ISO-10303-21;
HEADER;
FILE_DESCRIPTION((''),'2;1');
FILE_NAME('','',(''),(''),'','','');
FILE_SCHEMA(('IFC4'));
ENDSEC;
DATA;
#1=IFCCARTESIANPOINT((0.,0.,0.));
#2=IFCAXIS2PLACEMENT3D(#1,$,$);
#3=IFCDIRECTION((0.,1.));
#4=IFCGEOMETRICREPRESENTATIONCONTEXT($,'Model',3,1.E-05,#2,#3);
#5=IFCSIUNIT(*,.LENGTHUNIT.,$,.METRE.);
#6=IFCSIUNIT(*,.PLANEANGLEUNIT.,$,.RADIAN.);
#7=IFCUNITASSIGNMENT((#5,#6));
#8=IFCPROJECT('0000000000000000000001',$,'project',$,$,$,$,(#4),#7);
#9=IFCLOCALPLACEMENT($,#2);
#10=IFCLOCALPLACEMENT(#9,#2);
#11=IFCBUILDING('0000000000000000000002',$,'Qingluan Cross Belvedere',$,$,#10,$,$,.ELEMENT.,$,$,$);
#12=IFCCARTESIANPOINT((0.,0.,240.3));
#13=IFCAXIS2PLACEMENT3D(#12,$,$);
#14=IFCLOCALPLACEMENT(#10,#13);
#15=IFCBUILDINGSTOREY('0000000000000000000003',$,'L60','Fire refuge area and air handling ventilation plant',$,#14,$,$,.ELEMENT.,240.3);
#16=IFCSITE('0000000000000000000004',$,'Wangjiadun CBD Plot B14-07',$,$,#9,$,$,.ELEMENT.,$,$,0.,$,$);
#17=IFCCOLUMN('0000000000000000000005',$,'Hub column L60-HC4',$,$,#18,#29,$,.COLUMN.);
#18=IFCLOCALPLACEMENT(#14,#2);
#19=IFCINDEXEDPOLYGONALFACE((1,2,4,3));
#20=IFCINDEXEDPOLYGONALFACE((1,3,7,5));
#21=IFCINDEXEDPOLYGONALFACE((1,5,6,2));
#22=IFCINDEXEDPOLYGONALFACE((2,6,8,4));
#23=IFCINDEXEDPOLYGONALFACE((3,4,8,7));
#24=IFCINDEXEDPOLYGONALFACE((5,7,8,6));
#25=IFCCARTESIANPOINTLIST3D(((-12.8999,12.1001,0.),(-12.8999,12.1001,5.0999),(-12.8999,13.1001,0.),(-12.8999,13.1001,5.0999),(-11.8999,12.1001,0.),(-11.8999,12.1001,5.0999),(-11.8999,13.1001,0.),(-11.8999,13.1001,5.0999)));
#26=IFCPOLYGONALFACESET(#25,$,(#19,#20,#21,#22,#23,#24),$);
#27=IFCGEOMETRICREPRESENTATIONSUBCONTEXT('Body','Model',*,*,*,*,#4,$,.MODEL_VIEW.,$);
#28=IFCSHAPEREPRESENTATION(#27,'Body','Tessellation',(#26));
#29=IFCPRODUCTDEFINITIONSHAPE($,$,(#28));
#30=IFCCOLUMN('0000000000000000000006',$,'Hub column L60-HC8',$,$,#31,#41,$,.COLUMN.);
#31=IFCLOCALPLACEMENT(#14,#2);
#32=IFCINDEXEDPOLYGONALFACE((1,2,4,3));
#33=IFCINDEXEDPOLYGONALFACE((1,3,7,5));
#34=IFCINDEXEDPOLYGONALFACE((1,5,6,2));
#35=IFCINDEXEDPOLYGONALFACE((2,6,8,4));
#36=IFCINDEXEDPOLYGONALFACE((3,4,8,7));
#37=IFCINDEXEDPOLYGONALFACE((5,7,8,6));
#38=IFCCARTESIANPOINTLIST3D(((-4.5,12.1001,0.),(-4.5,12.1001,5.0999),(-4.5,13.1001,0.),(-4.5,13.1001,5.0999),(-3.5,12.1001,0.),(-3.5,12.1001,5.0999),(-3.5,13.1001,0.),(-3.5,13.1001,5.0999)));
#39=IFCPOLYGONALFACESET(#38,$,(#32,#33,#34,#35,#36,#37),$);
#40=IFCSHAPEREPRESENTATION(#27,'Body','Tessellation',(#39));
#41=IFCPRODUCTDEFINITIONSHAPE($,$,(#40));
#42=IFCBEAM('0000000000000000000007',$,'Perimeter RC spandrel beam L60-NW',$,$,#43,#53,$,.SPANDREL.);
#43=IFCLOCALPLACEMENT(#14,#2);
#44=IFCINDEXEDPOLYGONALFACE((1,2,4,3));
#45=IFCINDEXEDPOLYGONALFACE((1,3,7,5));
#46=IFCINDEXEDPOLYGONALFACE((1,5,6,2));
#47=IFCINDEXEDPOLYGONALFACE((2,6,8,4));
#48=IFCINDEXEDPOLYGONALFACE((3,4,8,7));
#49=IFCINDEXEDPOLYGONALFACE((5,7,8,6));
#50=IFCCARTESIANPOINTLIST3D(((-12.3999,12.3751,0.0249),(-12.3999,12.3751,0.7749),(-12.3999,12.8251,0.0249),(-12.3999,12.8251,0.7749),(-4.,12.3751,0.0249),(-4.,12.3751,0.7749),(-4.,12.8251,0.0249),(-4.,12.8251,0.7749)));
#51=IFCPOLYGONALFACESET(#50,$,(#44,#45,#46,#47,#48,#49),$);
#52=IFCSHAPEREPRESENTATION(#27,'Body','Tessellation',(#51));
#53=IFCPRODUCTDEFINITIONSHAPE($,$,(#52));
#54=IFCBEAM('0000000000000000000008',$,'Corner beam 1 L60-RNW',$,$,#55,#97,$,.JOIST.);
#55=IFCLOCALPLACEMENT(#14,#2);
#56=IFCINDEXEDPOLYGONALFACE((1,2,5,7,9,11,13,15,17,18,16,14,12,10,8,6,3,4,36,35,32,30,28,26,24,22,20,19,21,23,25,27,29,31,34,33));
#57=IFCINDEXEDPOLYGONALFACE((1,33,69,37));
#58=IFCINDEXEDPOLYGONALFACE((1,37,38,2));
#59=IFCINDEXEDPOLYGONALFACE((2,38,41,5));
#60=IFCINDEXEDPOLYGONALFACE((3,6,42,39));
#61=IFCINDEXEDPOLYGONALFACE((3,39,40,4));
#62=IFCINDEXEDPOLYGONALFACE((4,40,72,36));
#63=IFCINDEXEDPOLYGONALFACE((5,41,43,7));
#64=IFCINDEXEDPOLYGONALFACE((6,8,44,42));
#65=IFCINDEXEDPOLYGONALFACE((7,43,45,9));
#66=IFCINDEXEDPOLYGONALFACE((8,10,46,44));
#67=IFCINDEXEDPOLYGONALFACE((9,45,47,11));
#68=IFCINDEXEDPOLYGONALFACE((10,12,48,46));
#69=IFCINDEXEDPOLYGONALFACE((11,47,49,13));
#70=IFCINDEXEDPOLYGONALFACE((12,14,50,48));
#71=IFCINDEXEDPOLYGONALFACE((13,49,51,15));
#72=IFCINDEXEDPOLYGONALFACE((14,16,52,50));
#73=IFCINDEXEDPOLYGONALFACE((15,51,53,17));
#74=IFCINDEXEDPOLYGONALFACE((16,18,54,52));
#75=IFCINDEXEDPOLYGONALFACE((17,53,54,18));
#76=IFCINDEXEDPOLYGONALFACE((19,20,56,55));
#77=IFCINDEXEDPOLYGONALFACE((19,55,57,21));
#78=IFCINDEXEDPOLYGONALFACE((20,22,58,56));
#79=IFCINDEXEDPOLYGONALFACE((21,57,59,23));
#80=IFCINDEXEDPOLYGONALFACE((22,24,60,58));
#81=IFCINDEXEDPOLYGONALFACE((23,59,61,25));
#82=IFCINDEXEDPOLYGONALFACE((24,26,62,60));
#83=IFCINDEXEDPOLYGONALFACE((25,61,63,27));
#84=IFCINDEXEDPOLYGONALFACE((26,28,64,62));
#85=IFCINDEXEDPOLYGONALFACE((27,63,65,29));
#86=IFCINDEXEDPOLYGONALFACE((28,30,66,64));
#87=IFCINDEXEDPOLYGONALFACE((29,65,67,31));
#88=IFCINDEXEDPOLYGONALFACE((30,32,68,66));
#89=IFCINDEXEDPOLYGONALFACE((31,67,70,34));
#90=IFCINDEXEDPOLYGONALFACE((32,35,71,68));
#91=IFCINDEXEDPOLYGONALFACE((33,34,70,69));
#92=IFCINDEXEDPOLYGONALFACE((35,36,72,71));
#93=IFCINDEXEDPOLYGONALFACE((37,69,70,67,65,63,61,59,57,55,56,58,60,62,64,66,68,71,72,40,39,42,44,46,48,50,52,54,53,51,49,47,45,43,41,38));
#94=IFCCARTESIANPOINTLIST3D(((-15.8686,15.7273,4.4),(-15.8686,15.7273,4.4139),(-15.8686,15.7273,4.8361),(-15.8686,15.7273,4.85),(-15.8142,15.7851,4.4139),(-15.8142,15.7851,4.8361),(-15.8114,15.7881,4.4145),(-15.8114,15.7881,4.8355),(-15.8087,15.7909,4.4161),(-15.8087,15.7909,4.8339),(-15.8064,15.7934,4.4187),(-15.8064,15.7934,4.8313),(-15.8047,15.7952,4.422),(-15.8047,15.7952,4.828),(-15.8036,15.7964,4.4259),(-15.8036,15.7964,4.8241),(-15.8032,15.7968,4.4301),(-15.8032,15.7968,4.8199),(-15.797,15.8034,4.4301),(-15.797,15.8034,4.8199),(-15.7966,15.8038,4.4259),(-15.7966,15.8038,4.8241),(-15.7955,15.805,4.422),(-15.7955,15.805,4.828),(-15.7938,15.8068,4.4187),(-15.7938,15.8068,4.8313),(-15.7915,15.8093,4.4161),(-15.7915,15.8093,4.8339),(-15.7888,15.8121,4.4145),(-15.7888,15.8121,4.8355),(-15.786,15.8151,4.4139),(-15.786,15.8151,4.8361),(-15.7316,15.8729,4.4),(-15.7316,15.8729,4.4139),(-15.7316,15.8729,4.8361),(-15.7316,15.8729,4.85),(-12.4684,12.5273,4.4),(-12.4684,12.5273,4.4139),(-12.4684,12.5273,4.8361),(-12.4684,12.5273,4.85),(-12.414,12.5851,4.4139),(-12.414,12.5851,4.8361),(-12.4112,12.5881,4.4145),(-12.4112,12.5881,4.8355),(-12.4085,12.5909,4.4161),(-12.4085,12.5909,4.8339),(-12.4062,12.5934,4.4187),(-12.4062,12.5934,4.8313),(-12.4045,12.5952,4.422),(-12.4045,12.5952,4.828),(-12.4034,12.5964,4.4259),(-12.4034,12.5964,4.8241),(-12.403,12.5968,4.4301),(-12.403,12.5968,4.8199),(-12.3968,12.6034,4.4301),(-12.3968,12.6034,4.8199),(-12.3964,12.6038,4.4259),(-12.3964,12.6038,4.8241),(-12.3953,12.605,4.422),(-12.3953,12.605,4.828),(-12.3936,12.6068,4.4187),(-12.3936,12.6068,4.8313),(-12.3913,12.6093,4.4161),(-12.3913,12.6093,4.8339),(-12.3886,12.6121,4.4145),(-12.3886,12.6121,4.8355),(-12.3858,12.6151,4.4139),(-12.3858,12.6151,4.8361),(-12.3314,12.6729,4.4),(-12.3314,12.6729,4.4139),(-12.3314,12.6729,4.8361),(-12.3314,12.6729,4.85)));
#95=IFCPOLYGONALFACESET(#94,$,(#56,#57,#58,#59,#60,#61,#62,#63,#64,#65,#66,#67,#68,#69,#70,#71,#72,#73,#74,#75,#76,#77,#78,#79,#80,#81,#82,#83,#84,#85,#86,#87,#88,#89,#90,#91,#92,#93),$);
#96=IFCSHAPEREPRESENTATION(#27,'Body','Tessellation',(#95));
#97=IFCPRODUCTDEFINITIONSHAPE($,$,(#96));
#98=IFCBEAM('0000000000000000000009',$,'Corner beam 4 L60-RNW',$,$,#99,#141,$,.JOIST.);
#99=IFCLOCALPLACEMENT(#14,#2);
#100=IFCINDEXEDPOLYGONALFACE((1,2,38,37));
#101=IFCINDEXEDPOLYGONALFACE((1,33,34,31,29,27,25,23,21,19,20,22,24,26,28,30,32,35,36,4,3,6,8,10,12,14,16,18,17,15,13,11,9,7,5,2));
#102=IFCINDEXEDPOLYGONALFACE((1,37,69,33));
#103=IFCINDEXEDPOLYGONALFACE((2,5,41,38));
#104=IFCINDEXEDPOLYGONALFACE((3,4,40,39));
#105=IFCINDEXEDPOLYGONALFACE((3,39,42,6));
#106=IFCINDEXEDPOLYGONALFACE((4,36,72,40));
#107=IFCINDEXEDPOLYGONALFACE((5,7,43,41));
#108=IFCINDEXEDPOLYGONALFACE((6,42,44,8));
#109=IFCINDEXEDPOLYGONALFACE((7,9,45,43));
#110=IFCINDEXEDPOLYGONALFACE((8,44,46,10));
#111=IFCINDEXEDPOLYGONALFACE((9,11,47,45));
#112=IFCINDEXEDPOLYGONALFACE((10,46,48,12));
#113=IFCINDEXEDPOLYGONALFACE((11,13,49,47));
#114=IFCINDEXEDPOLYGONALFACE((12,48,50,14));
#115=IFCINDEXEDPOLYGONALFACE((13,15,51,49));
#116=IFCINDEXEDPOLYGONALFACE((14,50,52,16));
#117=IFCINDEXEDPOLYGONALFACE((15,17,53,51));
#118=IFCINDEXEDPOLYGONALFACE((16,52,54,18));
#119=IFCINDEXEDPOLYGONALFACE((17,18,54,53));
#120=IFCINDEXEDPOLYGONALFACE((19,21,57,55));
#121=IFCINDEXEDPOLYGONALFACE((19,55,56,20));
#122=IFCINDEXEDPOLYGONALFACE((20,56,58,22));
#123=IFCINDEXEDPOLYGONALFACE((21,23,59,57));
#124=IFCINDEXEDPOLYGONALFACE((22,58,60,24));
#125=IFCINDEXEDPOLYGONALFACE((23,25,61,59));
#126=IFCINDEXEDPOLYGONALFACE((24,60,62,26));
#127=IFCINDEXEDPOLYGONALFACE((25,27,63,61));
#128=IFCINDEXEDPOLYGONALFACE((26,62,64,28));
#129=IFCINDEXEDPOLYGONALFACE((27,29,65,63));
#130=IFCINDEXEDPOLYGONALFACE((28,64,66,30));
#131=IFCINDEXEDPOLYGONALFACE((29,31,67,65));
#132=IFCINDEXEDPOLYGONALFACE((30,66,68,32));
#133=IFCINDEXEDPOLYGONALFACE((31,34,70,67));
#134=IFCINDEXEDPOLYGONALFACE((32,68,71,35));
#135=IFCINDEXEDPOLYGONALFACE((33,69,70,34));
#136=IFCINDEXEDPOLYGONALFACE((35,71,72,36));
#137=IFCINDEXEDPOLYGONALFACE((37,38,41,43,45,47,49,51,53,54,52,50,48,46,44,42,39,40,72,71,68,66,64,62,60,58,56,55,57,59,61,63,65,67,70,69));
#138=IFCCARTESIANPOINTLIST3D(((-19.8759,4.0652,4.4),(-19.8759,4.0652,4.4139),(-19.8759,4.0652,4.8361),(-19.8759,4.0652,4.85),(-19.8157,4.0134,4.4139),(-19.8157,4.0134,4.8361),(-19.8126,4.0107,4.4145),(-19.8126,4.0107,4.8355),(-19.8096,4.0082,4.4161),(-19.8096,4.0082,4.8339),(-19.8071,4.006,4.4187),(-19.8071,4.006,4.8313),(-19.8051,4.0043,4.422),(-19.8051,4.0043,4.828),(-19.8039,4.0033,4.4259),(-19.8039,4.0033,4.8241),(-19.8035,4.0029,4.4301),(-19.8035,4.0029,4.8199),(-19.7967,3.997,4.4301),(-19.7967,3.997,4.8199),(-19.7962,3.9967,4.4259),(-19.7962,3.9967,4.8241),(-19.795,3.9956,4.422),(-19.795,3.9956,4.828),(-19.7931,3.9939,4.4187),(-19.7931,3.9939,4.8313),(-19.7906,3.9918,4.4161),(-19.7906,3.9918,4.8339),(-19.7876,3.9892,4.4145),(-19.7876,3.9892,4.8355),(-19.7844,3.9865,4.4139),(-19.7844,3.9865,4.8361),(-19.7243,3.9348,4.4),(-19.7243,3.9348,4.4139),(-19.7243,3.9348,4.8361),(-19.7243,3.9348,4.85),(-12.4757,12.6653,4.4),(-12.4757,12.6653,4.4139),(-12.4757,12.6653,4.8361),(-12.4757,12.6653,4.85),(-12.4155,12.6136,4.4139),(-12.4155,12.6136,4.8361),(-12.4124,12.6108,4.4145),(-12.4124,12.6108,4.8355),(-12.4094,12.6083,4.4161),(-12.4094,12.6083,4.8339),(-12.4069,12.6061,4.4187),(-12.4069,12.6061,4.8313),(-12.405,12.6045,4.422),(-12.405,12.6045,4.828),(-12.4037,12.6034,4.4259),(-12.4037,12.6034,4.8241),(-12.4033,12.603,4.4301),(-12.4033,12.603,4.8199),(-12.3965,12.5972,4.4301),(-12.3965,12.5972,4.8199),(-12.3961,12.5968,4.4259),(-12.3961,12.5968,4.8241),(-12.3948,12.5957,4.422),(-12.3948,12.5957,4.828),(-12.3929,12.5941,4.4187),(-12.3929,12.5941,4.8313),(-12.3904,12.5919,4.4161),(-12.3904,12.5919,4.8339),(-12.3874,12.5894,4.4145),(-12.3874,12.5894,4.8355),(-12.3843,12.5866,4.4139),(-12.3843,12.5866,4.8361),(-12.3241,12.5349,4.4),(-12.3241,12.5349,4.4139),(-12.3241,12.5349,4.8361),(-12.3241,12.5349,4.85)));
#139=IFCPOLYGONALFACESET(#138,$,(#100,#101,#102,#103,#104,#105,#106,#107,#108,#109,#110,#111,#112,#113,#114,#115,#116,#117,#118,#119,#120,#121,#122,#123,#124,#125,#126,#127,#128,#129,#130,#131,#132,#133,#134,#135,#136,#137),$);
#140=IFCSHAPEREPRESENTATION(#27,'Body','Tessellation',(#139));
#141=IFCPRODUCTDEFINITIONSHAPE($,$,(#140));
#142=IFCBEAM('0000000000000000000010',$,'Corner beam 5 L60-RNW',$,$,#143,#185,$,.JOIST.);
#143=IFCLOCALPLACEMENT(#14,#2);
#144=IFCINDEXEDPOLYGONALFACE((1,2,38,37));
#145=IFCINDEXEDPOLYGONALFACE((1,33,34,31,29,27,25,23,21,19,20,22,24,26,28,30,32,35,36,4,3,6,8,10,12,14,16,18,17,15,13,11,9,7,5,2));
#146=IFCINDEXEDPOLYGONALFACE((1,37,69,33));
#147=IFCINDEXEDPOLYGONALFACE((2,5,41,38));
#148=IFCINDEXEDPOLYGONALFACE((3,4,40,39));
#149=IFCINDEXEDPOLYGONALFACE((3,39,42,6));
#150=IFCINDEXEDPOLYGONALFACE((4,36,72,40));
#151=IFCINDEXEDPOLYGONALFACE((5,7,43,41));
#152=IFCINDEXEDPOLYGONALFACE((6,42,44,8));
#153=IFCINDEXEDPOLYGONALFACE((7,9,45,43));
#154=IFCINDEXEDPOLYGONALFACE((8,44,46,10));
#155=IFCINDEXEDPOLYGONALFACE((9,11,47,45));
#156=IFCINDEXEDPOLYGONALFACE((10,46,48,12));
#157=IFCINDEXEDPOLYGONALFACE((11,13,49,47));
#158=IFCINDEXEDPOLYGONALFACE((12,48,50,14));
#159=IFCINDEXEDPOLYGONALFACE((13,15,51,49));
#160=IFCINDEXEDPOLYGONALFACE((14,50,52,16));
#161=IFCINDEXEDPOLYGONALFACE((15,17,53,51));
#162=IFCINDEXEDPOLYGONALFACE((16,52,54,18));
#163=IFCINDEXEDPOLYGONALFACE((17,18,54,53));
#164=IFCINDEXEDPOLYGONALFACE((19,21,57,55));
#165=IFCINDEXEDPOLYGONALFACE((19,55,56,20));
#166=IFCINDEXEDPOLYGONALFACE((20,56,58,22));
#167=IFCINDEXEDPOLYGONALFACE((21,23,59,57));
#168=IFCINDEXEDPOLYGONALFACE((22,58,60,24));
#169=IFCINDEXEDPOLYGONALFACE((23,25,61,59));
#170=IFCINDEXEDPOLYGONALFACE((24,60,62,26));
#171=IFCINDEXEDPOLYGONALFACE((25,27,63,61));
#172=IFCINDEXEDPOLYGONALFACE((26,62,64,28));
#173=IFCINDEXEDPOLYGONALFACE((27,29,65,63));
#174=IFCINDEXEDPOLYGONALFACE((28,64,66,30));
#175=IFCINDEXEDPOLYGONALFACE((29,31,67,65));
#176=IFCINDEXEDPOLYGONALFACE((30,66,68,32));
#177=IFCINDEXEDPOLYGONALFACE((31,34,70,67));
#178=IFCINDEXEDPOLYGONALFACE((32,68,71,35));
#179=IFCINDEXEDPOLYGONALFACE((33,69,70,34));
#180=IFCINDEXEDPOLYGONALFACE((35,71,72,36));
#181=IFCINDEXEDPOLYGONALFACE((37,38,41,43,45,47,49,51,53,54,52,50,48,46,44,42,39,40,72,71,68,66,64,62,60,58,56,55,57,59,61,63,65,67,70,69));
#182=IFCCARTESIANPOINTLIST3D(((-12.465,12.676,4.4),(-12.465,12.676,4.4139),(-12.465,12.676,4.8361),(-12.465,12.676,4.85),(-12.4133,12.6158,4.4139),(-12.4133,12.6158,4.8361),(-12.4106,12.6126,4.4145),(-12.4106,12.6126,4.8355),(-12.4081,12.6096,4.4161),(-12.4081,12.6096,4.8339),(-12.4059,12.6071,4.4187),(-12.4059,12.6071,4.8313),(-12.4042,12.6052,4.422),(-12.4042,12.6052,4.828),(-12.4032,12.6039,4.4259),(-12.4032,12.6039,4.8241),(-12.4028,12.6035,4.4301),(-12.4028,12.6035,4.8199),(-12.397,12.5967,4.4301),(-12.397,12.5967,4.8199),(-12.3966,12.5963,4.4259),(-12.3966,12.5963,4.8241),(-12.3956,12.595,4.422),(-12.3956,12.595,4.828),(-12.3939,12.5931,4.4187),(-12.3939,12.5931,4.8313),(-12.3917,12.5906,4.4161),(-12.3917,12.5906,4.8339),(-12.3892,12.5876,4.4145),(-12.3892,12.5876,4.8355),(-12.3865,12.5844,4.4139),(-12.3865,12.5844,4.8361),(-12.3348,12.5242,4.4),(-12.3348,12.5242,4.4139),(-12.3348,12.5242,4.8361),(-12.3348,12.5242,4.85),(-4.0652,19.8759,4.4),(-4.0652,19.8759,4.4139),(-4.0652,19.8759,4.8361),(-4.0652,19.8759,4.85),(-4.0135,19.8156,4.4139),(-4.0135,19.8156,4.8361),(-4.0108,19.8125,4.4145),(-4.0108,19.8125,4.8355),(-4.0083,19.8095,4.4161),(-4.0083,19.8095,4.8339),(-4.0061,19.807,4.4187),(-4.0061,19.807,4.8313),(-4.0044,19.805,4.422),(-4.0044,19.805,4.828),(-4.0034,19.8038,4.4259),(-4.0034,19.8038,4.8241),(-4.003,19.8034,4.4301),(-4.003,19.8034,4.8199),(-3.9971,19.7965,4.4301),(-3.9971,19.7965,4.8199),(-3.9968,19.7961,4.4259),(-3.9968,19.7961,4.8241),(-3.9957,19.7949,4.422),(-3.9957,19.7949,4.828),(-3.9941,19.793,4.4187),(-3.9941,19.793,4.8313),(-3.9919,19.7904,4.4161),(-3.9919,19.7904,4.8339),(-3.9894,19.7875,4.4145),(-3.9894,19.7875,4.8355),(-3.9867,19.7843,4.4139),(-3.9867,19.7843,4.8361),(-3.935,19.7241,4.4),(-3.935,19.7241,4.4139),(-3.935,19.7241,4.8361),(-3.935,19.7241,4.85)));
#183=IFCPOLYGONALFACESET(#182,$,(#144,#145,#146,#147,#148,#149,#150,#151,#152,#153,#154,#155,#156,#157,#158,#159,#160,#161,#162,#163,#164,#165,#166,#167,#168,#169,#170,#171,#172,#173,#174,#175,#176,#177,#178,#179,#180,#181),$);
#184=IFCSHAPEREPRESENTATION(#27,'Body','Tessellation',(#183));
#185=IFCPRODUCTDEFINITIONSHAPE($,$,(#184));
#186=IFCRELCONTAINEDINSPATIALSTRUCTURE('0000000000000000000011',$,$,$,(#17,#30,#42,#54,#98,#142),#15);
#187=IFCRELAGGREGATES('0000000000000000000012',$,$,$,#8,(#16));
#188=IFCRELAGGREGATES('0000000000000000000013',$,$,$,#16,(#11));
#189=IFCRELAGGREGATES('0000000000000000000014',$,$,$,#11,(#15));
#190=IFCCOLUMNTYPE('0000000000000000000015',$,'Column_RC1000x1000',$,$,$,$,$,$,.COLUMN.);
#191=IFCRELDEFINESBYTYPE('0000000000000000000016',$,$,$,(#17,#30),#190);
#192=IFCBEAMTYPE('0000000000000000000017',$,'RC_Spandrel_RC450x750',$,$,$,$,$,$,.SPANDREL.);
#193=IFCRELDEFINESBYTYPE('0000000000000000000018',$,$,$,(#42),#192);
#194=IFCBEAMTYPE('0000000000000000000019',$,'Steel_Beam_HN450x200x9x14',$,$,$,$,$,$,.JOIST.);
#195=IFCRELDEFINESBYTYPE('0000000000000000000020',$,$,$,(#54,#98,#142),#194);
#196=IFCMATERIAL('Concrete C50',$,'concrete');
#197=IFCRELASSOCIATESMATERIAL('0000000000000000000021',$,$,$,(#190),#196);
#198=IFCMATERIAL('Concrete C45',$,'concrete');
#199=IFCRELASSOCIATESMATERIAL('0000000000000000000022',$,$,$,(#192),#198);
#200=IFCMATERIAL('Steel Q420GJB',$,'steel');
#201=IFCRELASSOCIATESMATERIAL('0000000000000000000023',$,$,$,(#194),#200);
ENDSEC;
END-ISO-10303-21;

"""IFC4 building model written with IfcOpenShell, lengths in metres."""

from ifc_helpers import new_model, si_unit, direction, frame, origin, origin_2d, place, context, subcontext, project, spatial, rectangle, i_section, extrude, material, material_profile, profile_set, type_object, element, save


model = new_model("IFC4")

# Units and contexts
model_context = context("Model", 3, precision=1e-05, world=origin(), true_north=direction((0.0, 1.0)))
body_context = subcontext(model_context, "Body", "Model", "MODEL_VIEW")
ifc_project = project(units=[si_unit("LENGTHUNIT", "METRE"), si_unit("PLANEANGLEUNIT", "RADIAN")], contexts=[model_context])

# Site, building, storey
site_placement = place(None, origin())
site = spatial("IfcSite", under=ifc_project, at=site_placement, Name="Wangjiadun CBD Plot B14-07", CompositionType="ELEMENT", RefElevation=0.0)
building_placement = place(site_placement, origin())
building = spatial("IfcBuilding", under=site, at=building_placement, Name="Qingluan Cross Belvedere", CompositionType="ELEMENT")
storey_placement = place(building_placement, frame((0.0, 0.0, 240.3)))
storey = spatial("IfcBuildingStorey", under=building, at=storey_placement, Name="L60", Description="Fire refuge area and air handling ventilation plant", CompositionType="ELEMENT", Elevation=240.3)

# Columns
ifc_material_1 = material(Name="Concrete C50", Category="concrete")
ifc_material_profile_1 = material_profile(ifc_material_1, rectangle(XDim=1.0, YDim=1.0, at=origin_2d()), Name="RC1000x1000")
ifc_profile_set_1 = profile_set([ifc_material_profile_1], Name="Concrete C50")
column_type = type_object("IfcColumnType", Name="Column_RC1000x1000", PredefinedType="COLUMN", material=ifc_profile_set_1)
for number, where, z_axis, x_axis, name in (
    (1, (-12.3999, 12.6001, 0.0), (0.0, 0.0, 1.0), (1.0, 0.0, 0.0), "Hub column L60-HC4"),
    (2, (-4.0, 12.6001, 0.0), (0.0, 0.0, 1.0), (1.0, 0.0, 0.0), "Hub column L60-HC8"),
):
    element("IfcColumn", number, at=place(storey_placement, frame(where, z_axis=z_axis, x_axis=x_axis)), inside=storey, type_object=column_type, Name=name, PredefinedType="COLUMN", context=body_context, shape_type="SweptSolid", body=[
        extrude(rectangle(XDim=1.0, YDim=1.0, at=origin_2d()), origin(), (0.0, 0.0, 1.0), 5.0999),
    ])

# Beams
ifc_material_2 = material(Name="Concrete C45", Category="concrete")
ifc_material_profile_2 = material_profile(ifc_material_2, rectangle(XDim=0.45, YDim=0.75, at=origin_2d()), Name="RC450x750")
ifc_profile_set_2 = profile_set([ifc_material_profile_2], Name="Concrete C45")
beam_type_1 = type_object("IfcBeamType", Name="RC_Spandrel_RC450x750", PredefinedType="SPANDREL", material=ifc_profile_set_2)
beam_1_placement = place(storey_placement, frame((-12.3999, 12.6001, 0.3999), z_axis=(1.0, 0.0, 0.0), x_axis=(0.0, 1.0, 0.0)))
element("IfcBeam", 3, at=beam_1_placement, inside=storey, type_object=beam_type_1, Name="Perimeter RC spandrel beam L60-NW", PredefinedType="SPANDREL", context=body_context, shape_type="SweptSolid", body=[
    extrude(rectangle(XDim=0.45, YDim=0.75, at=origin_2d()), origin(), (0.0, 0.0, 1.0), 8.3999),
])
ifc_material_3 = material(Name="Steel Q420GJB", Category="steel")
ifc_material_profile_3 = material_profile(ifc_material_3, i_section(OverallWidth=0.2, OverallDepth=0.45, WebThickness=0.009, FlangeThickness=0.0139, FilletRadius=0.0161, at=origin_2d()), Name="HN450x200x9x14")
ifc_profile_set_3 = profile_set([ifc_material_profile_3], Name="Steel Q420GJB")
beam_type_2 = type_object("IfcBeamType", Name="Steel_Beam_HN450x200x9x14", PredefinedType="JOIST", material=ifc_profile_set_3)
beam_2_placement = place(storey_placement, frame((-12.3999, 12.6001, 4.625), z_axis=(-0.72822, 0.685343, 0.0), x_axis=(-0.685343, -0.72822, 0.0)))
element("IfcBeam", 4, at=beam_2_placement, inside=storey, type_object=beam_type_2, Name="Corner beam 1 L60-RNW", PredefinedType="JOIST", context=body_context, shape_type="SweptSolid", body=[
    extrude(i_section(OverallWidth=0.2, OverallDepth=0.45, WebThickness=0.009, FlangeThickness=0.0139, FilletRadius=0.0161, at=origin_2d()), origin(), (0.0, 0.0, 1.0), 4.6692),
])
beam_3_placement = place(storey_placement, frame((-12.3999, 12.6001, 4.625), z_axis=(-0.652245, -0.758008, 0.0), x_axis=(0.758008, -0.652245, 0.0)))
element("IfcBeam", 5, at=beam_3_placement, inside=storey, type_object=beam_type_2, Name="Corner beam 4 L60-RNW", PredefinedType="JOIST", context=body_context, shape_type="SweptSolid", body=[
    extrude(i_section(OverallWidth=0.2, OverallDepth=0.45, WebThickness=0.009, FlangeThickness=0.0139, FilletRadius=0.0161, at=origin_2d()), origin(), (0.0, 0.0, 1.0), 11.3457),
])
beam_4_placement = place(storey_placement, frame((-12.3999, 12.6001, 4.625), z_axis=(0.759255, 0.650793, 0.0), x_axis=(-0.650793, 0.759255, 0.0)))
element("IfcBeam", 6, at=beam_4_placement, inside=storey, type_object=beam_type_2, Name="Corner beam 5 L60-RNW", PredefinedType="JOIST", context=body_context, shape_type="SweptSolid", body=[
    extrude(i_section(OverallWidth=0.2, OverallDepth=0.45, WebThickness=0.009, FlangeThickness=0.0139, FilletRadius=0.0161, at=origin_2d()), origin(), (0.0, 0.0, 1.0), 11.0632),
])

save(model, "model.ifc")
